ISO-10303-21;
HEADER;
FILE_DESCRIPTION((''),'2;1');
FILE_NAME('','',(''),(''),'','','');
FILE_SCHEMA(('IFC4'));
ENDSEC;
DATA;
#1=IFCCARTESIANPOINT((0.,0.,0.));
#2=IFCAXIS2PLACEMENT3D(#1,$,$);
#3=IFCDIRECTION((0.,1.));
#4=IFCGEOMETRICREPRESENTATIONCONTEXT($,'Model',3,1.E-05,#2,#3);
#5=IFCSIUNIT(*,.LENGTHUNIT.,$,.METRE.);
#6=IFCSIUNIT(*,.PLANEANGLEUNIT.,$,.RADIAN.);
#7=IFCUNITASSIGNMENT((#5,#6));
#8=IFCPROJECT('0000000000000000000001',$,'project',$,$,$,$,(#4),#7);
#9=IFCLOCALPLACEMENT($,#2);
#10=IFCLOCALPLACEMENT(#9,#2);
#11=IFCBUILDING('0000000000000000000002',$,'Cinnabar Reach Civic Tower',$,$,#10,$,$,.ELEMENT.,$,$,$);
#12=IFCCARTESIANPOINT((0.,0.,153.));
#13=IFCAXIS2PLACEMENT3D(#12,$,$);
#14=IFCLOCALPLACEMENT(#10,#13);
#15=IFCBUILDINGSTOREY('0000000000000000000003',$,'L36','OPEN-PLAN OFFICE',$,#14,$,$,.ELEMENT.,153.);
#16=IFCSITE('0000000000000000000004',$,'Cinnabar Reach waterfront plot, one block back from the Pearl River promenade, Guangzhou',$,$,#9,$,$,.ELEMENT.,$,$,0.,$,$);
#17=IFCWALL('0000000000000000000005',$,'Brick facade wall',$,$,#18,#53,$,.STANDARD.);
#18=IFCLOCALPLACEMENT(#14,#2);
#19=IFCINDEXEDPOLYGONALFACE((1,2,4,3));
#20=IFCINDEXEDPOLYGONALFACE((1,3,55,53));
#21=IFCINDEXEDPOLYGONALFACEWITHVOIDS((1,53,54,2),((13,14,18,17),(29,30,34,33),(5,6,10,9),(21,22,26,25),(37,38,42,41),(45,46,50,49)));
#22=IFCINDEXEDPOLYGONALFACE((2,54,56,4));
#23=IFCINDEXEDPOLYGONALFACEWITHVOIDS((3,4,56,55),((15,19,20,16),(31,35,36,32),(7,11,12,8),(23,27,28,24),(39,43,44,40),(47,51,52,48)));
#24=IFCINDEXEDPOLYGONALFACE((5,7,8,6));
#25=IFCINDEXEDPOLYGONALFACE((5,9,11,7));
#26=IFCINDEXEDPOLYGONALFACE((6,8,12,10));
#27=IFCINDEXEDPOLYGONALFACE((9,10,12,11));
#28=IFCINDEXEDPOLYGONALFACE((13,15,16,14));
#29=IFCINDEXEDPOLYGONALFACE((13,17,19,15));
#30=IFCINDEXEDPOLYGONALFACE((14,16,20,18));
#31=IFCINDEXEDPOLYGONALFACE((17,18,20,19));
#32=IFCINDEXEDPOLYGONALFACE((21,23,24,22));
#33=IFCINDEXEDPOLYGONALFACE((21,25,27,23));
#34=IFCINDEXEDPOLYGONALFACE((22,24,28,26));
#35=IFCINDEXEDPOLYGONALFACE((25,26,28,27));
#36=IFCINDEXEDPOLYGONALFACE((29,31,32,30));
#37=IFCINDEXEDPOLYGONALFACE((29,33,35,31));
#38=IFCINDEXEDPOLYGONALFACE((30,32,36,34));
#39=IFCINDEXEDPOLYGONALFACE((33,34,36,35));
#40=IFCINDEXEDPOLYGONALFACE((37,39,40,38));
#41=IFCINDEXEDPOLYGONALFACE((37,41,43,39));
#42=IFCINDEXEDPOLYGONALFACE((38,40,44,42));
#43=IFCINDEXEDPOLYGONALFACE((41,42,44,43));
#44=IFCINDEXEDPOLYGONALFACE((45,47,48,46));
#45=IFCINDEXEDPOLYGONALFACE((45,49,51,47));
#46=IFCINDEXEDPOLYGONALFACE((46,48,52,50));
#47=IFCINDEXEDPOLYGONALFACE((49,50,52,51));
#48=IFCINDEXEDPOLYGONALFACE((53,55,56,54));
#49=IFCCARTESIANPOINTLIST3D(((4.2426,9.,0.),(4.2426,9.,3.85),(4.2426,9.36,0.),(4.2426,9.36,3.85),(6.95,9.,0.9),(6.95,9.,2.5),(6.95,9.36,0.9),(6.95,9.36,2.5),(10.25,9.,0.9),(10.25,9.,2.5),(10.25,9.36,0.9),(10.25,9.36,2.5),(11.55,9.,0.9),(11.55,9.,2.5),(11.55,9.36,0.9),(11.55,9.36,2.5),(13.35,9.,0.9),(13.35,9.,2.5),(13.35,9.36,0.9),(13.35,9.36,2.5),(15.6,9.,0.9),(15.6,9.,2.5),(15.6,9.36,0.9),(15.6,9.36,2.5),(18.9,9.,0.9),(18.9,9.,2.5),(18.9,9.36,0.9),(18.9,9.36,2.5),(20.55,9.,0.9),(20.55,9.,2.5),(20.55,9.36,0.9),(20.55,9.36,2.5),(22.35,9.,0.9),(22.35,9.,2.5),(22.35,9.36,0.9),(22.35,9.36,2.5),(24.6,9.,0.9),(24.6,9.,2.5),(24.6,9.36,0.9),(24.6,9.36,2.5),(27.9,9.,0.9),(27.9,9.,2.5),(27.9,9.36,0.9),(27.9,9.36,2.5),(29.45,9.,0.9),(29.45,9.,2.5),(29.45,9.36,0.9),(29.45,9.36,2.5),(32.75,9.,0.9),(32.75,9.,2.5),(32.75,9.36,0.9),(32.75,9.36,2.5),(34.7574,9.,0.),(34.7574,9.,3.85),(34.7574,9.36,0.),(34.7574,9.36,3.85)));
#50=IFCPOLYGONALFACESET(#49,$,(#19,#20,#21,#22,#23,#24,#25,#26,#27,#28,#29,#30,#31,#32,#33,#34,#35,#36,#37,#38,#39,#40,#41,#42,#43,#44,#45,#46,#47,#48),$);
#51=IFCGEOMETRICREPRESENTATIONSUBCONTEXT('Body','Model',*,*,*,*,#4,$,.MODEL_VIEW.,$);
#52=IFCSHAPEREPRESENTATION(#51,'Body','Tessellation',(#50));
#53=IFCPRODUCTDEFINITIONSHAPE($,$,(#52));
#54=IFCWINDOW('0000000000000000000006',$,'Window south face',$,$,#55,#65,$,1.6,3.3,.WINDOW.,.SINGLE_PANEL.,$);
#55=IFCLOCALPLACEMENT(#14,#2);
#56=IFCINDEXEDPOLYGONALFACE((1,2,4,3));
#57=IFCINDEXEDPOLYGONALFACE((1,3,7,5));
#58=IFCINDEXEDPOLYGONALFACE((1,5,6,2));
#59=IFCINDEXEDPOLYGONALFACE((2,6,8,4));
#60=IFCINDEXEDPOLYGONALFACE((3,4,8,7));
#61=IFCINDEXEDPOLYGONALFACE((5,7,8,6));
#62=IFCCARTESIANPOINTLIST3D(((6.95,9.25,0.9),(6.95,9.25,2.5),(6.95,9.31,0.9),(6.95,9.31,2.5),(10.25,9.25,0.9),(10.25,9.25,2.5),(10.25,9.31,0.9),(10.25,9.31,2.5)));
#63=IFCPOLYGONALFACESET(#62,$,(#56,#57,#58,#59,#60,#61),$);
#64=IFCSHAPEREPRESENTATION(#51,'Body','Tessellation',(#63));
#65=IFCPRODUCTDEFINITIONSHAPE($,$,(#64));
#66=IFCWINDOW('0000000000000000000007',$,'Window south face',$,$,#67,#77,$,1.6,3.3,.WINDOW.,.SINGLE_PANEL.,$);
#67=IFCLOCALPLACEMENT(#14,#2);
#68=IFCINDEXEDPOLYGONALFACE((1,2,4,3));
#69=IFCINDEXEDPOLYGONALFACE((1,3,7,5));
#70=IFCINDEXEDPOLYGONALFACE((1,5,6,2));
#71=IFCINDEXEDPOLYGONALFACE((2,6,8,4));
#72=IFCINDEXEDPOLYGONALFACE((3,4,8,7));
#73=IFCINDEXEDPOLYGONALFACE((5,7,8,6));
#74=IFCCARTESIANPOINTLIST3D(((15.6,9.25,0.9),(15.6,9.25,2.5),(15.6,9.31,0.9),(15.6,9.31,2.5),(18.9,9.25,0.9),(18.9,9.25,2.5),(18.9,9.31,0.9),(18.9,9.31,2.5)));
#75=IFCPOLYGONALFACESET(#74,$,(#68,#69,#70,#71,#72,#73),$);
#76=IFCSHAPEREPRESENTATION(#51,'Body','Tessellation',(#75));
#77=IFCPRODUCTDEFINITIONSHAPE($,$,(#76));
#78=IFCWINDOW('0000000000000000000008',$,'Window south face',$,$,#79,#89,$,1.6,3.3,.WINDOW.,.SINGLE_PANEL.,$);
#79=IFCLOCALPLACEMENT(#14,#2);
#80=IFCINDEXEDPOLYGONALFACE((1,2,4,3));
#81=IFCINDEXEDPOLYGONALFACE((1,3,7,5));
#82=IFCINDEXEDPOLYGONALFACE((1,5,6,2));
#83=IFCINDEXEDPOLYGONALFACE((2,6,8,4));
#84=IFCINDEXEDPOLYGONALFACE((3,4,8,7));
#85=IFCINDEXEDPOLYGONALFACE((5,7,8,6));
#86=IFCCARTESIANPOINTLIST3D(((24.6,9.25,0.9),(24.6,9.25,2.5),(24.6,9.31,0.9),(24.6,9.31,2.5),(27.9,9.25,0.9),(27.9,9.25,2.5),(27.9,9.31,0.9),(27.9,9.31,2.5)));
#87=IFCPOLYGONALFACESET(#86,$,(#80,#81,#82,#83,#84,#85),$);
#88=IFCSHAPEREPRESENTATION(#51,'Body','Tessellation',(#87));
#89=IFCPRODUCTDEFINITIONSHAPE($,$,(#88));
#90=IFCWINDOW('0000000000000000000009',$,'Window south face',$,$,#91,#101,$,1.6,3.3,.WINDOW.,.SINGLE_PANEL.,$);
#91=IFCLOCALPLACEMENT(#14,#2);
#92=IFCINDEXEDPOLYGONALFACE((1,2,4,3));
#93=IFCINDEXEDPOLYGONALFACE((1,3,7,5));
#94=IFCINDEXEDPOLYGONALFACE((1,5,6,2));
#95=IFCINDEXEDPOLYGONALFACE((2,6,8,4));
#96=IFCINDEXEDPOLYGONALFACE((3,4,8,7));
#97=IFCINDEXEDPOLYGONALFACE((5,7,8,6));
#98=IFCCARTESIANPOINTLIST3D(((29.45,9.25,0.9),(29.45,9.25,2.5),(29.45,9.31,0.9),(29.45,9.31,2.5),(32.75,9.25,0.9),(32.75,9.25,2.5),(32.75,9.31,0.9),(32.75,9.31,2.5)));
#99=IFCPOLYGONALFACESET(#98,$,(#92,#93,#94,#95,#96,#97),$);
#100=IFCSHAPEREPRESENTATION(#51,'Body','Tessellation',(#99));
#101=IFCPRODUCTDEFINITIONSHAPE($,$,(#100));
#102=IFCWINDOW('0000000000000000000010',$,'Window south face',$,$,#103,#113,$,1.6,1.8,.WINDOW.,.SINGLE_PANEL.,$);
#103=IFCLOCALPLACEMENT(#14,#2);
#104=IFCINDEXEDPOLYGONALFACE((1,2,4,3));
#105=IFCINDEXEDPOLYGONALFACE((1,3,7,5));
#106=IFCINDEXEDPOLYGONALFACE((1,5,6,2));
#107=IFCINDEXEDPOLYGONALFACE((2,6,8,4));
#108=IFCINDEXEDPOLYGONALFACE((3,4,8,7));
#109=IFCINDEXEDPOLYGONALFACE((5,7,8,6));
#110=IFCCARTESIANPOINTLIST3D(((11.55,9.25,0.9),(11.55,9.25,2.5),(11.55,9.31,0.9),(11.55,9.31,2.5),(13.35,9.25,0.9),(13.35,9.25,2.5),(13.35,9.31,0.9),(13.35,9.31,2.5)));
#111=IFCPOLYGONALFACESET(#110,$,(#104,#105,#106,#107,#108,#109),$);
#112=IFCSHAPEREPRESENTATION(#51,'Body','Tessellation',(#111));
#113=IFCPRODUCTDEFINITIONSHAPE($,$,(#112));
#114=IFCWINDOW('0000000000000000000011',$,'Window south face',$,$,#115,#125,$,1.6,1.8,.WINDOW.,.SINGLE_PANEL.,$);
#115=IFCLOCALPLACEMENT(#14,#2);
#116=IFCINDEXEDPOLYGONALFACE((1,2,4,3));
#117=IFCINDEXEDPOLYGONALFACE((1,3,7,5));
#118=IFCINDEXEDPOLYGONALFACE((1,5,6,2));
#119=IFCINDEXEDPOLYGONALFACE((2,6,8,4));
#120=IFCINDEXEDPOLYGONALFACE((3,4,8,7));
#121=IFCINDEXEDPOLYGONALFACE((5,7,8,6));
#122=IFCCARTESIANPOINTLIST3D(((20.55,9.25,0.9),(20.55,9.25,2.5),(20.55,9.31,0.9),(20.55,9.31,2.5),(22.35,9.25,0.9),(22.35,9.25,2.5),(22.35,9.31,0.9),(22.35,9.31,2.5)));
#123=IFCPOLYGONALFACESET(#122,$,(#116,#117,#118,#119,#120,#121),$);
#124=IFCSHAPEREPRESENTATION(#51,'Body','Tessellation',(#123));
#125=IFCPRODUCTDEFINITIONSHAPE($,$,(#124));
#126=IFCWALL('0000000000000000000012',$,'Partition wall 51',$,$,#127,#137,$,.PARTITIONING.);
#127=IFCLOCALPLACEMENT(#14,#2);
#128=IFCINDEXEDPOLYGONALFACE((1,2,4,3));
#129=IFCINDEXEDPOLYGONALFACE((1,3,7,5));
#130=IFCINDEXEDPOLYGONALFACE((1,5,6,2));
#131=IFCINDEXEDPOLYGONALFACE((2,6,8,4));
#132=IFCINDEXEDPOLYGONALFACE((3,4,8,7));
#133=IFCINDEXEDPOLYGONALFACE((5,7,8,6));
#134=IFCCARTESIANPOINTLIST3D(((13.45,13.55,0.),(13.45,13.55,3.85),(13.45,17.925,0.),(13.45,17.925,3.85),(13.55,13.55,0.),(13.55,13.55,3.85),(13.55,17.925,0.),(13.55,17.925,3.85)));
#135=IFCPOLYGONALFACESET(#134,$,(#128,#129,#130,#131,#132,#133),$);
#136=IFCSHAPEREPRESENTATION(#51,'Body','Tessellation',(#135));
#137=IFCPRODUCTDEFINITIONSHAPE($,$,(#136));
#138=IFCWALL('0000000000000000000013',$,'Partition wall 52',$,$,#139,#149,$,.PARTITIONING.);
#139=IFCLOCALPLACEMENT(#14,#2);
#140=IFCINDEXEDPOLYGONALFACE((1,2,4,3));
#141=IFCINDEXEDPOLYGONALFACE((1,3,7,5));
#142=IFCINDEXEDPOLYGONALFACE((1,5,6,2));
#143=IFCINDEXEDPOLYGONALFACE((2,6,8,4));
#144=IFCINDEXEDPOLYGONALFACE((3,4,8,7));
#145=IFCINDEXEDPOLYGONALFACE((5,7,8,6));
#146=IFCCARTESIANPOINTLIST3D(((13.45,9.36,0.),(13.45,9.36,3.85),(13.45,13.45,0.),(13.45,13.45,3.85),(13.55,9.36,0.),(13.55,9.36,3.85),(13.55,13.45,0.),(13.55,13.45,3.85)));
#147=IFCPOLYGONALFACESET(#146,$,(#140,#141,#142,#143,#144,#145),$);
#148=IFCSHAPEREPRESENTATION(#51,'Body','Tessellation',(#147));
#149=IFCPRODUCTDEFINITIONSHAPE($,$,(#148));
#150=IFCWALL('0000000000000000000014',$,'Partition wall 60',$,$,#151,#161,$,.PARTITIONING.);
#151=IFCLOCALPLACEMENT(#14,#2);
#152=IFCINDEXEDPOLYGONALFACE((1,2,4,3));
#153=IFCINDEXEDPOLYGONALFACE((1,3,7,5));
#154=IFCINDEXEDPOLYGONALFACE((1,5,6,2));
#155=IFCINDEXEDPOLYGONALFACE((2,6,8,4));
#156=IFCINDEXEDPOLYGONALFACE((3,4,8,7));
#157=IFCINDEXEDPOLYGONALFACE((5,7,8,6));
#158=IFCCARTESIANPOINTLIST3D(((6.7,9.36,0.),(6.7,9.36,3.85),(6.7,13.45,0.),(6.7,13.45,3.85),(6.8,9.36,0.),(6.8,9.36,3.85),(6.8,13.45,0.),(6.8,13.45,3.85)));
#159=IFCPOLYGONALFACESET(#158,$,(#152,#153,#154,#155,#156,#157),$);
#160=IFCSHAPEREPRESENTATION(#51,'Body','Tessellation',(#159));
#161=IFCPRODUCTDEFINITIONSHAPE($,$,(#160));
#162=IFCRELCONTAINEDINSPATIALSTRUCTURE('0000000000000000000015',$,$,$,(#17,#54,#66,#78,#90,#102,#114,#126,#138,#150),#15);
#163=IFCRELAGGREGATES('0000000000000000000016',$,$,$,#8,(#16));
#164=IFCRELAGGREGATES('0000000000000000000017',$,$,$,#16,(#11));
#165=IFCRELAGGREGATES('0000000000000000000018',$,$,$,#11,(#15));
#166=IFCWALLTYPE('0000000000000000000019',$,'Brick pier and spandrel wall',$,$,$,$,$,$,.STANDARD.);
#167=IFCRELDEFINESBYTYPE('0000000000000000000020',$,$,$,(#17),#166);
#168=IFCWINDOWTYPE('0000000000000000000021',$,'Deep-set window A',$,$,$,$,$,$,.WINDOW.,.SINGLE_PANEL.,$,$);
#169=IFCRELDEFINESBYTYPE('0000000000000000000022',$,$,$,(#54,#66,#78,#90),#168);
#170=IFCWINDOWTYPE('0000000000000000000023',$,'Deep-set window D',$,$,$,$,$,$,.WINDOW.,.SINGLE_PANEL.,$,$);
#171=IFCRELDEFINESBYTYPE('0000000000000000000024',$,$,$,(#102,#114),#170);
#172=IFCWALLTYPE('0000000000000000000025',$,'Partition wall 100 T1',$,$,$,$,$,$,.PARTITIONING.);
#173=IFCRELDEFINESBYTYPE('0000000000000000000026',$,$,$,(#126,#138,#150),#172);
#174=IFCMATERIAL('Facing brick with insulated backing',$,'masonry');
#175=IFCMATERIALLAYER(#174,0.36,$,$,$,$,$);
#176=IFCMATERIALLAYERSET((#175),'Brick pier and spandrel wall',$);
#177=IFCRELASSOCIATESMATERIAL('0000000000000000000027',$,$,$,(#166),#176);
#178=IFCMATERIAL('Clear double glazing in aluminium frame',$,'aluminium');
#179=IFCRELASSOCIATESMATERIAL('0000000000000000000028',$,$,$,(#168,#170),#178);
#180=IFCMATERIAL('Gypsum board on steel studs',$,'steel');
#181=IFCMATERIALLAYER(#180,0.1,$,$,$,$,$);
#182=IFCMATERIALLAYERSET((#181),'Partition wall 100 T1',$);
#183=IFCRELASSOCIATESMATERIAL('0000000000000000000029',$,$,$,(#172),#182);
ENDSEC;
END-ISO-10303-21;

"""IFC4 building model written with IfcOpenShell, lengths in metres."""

from ifc_helpers import new_model, si_unit, direction, frame, frame_2d, origin, place, context, subcontext, project, spatial, rectangle, extrude, material, layer, layer_set, type_object, element, fill, save


model = new_model("IFC4")

# Units and contexts
model_context = context("Model", 3, precision=1e-05, world=origin(), true_north=direction((0.0, 1.0)))
body_context = subcontext(model_context, "Body", "Model", "MODEL_VIEW")
ifc_project = project(units=[si_unit("LENGTHUNIT", "METRE"), si_unit("PLANEANGLEUNIT", "RADIAN")], contexts=[model_context])

# Site, building, storey
site_placement = place(None, origin())
site = spatial("IfcSite", under=ifc_project, at=site_placement, Name="Cinnabar Reach waterfront plot, one block back from the Pearl River promenade, Guangzhou", CompositionType="ELEMENT", RefElevation=0.0)
building_placement = place(site_placement, origin())
building = spatial("IfcBuilding", under=site, at=building_placement, Name="Cinnabar Reach Civic Tower", CompositionType="ELEMENT")
storey_placement = place(building_placement, frame((0.0, 0.0, 153.0)))
storey = spatial("IfcBuildingStorey", under=building, at=storey_placement, Name="L36", Description="OPEN-PLAN OFFICE", CompositionType="ELEMENT", Elevation=153.0)

# Shared definitions
ifc_material_1 = material(Name="Facing brick with insulated backing", Category="masonry")

# Wall, openings, windows
ifc_layer_1 = layer(ifc_material_1, 0.36)
ifc_layer_set_1 = layer_set([ifc_layer_1], Name="Brick pier and spandrel wall")
wall_type_1 = type_object("IfcWallType", Name="Brick pier and spandrel wall", PredefinedType="STANDARD", material=ifc_layer_set_1)
wall_1_placement = place(storey_placement, frame((4.2426, 9.18, 0.0), z_axis=(0.0, 0.0, 1.0), x_axis=(1.0, 0.0, 0.0)))
wall_1 = element("IfcWall", 1, at=wall_1_placement, inside=storey, type_object=wall_type_1, Name="Brick facade wall", PredefinedType="STANDARD", context=body_context, shape_type="SweptSolid", body=[
    extrude(rectangle(XDim=30.5148, YDim=0.36, at=frame_2d((15.2574, 0.0))), origin(), (0.0, 0.0, 1.0), 3.85),
])
opening_1_placement = place(wall_1_placement, frame((2.7074, 0.0, 0.9)))
opening_1 = element("IfcOpeningElement", 2, at=opening_1_placement, cuts=wall_1, PredefinedType="OPENING", context=body_context, shape_type="SweptSolid", body=[
    extrude(rectangle(XDim=3.3, YDim=1.6, at=frame_2d((1.65, 0.8))), frame((0.0, 0.19, 0.0), z_axis=(0.0, -1.0, 0.0), x_axis=(1.0, 0.0, 0.0)), (0.0, 0.0, 1.0), 0.38),
])
opening_2_placement = place(wall_1_placement, frame((7.3074, 0.0, 0.9)))
opening_2 = element("IfcOpeningElement", 3, at=opening_2_placement, cuts=wall_1, PredefinedType="OPENING", context=body_context, shape_type="SweptSolid", body=[
    extrude(rectangle(XDim=1.8, YDim=1.6, at=frame_2d((0.9, 0.8))), frame((0.0, 0.19, 0.0), z_axis=(0.0, -1.0, 0.0), x_axis=(1.0, 0.0, 0.0)), (0.0, 0.0, 1.0), 0.38),
])
opening_3_placement = place(wall_1_placement, frame((11.3574, 0.0, 0.9)))
opening_3 = element("IfcOpeningElement", 4, at=opening_3_placement, cuts=wall_1, PredefinedType="OPENING", context=body_context, shape_type="SweptSolid", body=[
    extrude(rectangle(XDim=3.3, YDim=1.6, at=frame_2d((1.65, 0.8))), frame((0.0, 0.19, 0.0), z_axis=(0.0, -1.0, 0.0), x_axis=(1.0, 0.0, 0.0)), (0.0, 0.0, 1.0), 0.38),
])
opening_4_placement = place(wall_1_placement, frame((16.3074, 0.0, 0.9)))
opening_4 = element("IfcOpeningElement", 5, at=opening_4_placement, cuts=wall_1, PredefinedType="OPENING", context=body_context, shape_type="SweptSolid", body=[
    extrude(rectangle(XDim=1.8, YDim=1.6, at=frame_2d((0.9, 0.8))), frame((0.0, 0.19, 0.0), z_axis=(0.0, -1.0, 0.0), x_axis=(1.0, 0.0, 0.0)), (0.0, 0.0, 1.0), 0.38),
])
opening_5_placement = place(wall_1_placement, frame((20.3574, 0.0, 0.9)))
opening_5 = element("IfcOpeningElement", 6, at=opening_5_placement, cuts=wall_1, PredefinedType="OPENING", context=body_context, shape_type="SweptSolid", body=[
    extrude(rectangle(XDim=3.3, YDim=1.6, at=frame_2d((1.65, 0.8))), frame((0.0, 0.19, 0.0), z_axis=(0.0, -1.0, 0.0), x_axis=(1.0, 0.0, 0.0)), (0.0, 0.0, 1.0), 0.38),
])
opening_6_placement = place(wall_1_placement, frame((25.2074, 0.0, 0.9)))
opening_6 = element("IfcOpeningElement", 7, at=opening_6_placement, cuts=wall_1, PredefinedType="OPENING", context=body_context, shape_type="SweptSolid", body=[
    extrude(rectangle(XDim=3.3, YDim=1.6, at=frame_2d((1.65, 0.8))), frame((0.0, 0.19, 0.0), z_axis=(0.0, -1.0, 0.0), x_axis=(1.0, 0.0, 0.0)), (0.0, 0.0, 1.0), 0.38),
])
ifc_material_2 = material(Name="Clear double glazing in aluminium frame", Category="aluminium")
window_type_1 = type_object("IfcWindowType", Name="Deep-set window A", PartitioningType="SINGLE_PANEL", PredefinedType="WINDOW", material=ifc_material_2)
window_1_placement = place(opening_1_placement, origin())
window_1 = element("IfcWindow", 8, at=window_1_placement, inside=storey, type_object=window_type_1, Name="Window south face", OverallHeight=1.6, OverallWidth=3.3, PartitioningType="SINGLE_PANEL", PredefinedType="WINDOW", context=body_context, shape_type="SweptSolid", body=[
    extrude(rectangle(XDim=3.3, YDim=1.6, at=frame_2d((1.65, 0.8))), frame((0.0, 0.13, 0.0), z_axis=(0.0, -1.0, 0.0), x_axis=(1.0, 0.0, 0.0)), (0.0, 0.0, 1.0), 0.06),
])
fill(opening_1, window_1)
window_2_placement = place(opening_3_placement, origin())
window_2 = element("IfcWindow", 9, at=window_2_placement, inside=storey, type_object=window_type_1, Name="Window south face", OverallHeight=1.6, OverallWidth=3.3, PartitioningType="SINGLE_PANEL", PredefinedType="WINDOW", context=body_context, shape_type="SweptSolid", body=[
    extrude(rectangle(XDim=3.3, YDim=1.6, at=frame_2d((1.65, 0.8))), frame((0.0, 0.13, 0.0), z_axis=(0.0, -1.0, 0.0), x_axis=(1.0, 0.0, 0.0)), (0.0, 0.0, 1.0), 0.06),
])
fill(opening_3, window_2)
window_3_placement = place(opening_5_placement, origin())
window_3 = element("IfcWindow", 10, at=window_3_placement, inside=storey, type_object=window_type_1, Name="Window south face", OverallHeight=1.6, OverallWidth=3.3, PartitioningType="SINGLE_PANEL", PredefinedType="WINDOW", context=body_context, shape_type="SweptSolid", body=[
    extrude(rectangle(XDim=3.3, YDim=1.6, at=frame_2d((1.65, 0.8))), frame((0.0, 0.13, 0.0), z_axis=(0.0, -1.0, 0.0), x_axis=(1.0, 0.0, 0.0)), (0.0, 0.0, 1.0), 0.06),
])
fill(opening_5, window_3)
window_4_placement = place(opening_6_placement, origin())
window_4 = element("IfcWindow", 11, at=window_4_placement, inside=storey, type_object=window_type_1, Name="Window south face", OverallHeight=1.6, OverallWidth=3.3, PartitioningType="SINGLE_PANEL", PredefinedType="WINDOW", context=body_context, shape_type="SweptSolid", body=[
    extrude(rectangle(XDim=3.3, YDim=1.6, at=frame_2d((1.65, 0.8))), frame((0.0, 0.13, 0.0), z_axis=(0.0, -1.0, 0.0), x_axis=(1.0, 0.0, 0.0)), (0.0, 0.0, 1.0), 0.06),
])
fill(opening_6, window_4)
window_type_2 = type_object("IfcWindowType", Name="Deep-set window D", PartitioningType="SINGLE_PANEL", PredefinedType="WINDOW", material=ifc_material_2)
window_5_placement = place(opening_2_placement, origin())
window_5 = element("IfcWindow", 12, at=window_5_placement, inside=storey, type_object=window_type_2, Name="Window south face", OverallHeight=1.6, OverallWidth=1.8, PartitioningType="SINGLE_PANEL", PredefinedType="WINDOW", context=body_context, shape_type="SweptSolid", body=[
    extrude(rectangle(XDim=1.8, YDim=1.6, at=frame_2d((0.9, 0.8))), frame((0.0, 0.13, 0.0), z_axis=(0.0, -1.0, 0.0), x_axis=(1.0, 0.0, 0.0)), (0.0, 0.0, 1.0), 0.06),
])
fill(opening_2, window_5)
window_6_placement = place(opening_4_placement, origin())
window_6 = element("IfcWindow", 13, at=window_6_placement, inside=storey, type_object=window_type_2, Name="Window south face", OverallHeight=1.6, OverallWidth=1.8, PartitioningType="SINGLE_PANEL", PredefinedType="WINDOW", context=body_context, shape_type="SweptSolid", body=[
    extrude(rectangle(XDim=1.8, YDim=1.6, at=frame_2d((0.9, 0.8))), frame((0.0, 0.13, 0.0), z_axis=(0.0, -1.0, 0.0), x_axis=(1.0, 0.0, 0.0)), (0.0, 0.0, 1.0), 0.06),
])
fill(opening_4, window_6)

# Walls
ifc_material_3 = material(Name="Gypsum board on steel studs", Category="steel")
ifc_layer_2 = layer(ifc_material_3, 0.1)
ifc_layer_set_2 = layer_set([ifc_layer_2], Name="Partition wall 100 T1")
wall_type_2 = type_object("IfcWallType", Name="Partition wall 100 T1", PredefinedType="PARTITIONING", material=ifc_layer_set_2)
wall_2_placement = place(storey_placement, frame((13.5, 13.55, 0.0), z_axis=(0.0, 0.0, 1.0), x_axis=(0.0, 1.0, 0.0)))
element("IfcWall", 14, at=wall_2_placement, inside=storey, type_object=wall_type_2, Name="Partition wall 51", PredefinedType="PARTITIONING", context=body_context, shape_type="SweptSolid", body=[
    extrude(rectangle(XDim=4.375, YDim=0.1, at=frame_2d((2.1875, 0.0))), origin(), (0.0, 0.0, 1.0), 3.85),
])
for number, where, z_axis, x_axis, name in (
    (15, (13.5, 9.36, 0.0), (0.0, 0.0, 1.0), (0.0, 1.0, 0.0), "Partition wall 52"),
    (16, (6.75, 9.36, 0.0), (0.0, 0.0, 1.0), (0.0, 1.0, 0.0), "Partition wall 60"),
):
    element("IfcWall", number, at=place(storey_placement, frame(where, z_axis=z_axis, x_axis=x_axis)), inside=storey, type_object=wall_type_2, Name=name, PredefinedType="PARTITIONING", context=body_context, shape_type="SweptSolid", body=[
        extrude(rectangle(XDim=4.09, YDim=0.1, at=frame_2d((2.045, 0.0))), origin(), (0.0, 0.0, 1.0), 3.85),
    ])

save(model, "model.ifc")
